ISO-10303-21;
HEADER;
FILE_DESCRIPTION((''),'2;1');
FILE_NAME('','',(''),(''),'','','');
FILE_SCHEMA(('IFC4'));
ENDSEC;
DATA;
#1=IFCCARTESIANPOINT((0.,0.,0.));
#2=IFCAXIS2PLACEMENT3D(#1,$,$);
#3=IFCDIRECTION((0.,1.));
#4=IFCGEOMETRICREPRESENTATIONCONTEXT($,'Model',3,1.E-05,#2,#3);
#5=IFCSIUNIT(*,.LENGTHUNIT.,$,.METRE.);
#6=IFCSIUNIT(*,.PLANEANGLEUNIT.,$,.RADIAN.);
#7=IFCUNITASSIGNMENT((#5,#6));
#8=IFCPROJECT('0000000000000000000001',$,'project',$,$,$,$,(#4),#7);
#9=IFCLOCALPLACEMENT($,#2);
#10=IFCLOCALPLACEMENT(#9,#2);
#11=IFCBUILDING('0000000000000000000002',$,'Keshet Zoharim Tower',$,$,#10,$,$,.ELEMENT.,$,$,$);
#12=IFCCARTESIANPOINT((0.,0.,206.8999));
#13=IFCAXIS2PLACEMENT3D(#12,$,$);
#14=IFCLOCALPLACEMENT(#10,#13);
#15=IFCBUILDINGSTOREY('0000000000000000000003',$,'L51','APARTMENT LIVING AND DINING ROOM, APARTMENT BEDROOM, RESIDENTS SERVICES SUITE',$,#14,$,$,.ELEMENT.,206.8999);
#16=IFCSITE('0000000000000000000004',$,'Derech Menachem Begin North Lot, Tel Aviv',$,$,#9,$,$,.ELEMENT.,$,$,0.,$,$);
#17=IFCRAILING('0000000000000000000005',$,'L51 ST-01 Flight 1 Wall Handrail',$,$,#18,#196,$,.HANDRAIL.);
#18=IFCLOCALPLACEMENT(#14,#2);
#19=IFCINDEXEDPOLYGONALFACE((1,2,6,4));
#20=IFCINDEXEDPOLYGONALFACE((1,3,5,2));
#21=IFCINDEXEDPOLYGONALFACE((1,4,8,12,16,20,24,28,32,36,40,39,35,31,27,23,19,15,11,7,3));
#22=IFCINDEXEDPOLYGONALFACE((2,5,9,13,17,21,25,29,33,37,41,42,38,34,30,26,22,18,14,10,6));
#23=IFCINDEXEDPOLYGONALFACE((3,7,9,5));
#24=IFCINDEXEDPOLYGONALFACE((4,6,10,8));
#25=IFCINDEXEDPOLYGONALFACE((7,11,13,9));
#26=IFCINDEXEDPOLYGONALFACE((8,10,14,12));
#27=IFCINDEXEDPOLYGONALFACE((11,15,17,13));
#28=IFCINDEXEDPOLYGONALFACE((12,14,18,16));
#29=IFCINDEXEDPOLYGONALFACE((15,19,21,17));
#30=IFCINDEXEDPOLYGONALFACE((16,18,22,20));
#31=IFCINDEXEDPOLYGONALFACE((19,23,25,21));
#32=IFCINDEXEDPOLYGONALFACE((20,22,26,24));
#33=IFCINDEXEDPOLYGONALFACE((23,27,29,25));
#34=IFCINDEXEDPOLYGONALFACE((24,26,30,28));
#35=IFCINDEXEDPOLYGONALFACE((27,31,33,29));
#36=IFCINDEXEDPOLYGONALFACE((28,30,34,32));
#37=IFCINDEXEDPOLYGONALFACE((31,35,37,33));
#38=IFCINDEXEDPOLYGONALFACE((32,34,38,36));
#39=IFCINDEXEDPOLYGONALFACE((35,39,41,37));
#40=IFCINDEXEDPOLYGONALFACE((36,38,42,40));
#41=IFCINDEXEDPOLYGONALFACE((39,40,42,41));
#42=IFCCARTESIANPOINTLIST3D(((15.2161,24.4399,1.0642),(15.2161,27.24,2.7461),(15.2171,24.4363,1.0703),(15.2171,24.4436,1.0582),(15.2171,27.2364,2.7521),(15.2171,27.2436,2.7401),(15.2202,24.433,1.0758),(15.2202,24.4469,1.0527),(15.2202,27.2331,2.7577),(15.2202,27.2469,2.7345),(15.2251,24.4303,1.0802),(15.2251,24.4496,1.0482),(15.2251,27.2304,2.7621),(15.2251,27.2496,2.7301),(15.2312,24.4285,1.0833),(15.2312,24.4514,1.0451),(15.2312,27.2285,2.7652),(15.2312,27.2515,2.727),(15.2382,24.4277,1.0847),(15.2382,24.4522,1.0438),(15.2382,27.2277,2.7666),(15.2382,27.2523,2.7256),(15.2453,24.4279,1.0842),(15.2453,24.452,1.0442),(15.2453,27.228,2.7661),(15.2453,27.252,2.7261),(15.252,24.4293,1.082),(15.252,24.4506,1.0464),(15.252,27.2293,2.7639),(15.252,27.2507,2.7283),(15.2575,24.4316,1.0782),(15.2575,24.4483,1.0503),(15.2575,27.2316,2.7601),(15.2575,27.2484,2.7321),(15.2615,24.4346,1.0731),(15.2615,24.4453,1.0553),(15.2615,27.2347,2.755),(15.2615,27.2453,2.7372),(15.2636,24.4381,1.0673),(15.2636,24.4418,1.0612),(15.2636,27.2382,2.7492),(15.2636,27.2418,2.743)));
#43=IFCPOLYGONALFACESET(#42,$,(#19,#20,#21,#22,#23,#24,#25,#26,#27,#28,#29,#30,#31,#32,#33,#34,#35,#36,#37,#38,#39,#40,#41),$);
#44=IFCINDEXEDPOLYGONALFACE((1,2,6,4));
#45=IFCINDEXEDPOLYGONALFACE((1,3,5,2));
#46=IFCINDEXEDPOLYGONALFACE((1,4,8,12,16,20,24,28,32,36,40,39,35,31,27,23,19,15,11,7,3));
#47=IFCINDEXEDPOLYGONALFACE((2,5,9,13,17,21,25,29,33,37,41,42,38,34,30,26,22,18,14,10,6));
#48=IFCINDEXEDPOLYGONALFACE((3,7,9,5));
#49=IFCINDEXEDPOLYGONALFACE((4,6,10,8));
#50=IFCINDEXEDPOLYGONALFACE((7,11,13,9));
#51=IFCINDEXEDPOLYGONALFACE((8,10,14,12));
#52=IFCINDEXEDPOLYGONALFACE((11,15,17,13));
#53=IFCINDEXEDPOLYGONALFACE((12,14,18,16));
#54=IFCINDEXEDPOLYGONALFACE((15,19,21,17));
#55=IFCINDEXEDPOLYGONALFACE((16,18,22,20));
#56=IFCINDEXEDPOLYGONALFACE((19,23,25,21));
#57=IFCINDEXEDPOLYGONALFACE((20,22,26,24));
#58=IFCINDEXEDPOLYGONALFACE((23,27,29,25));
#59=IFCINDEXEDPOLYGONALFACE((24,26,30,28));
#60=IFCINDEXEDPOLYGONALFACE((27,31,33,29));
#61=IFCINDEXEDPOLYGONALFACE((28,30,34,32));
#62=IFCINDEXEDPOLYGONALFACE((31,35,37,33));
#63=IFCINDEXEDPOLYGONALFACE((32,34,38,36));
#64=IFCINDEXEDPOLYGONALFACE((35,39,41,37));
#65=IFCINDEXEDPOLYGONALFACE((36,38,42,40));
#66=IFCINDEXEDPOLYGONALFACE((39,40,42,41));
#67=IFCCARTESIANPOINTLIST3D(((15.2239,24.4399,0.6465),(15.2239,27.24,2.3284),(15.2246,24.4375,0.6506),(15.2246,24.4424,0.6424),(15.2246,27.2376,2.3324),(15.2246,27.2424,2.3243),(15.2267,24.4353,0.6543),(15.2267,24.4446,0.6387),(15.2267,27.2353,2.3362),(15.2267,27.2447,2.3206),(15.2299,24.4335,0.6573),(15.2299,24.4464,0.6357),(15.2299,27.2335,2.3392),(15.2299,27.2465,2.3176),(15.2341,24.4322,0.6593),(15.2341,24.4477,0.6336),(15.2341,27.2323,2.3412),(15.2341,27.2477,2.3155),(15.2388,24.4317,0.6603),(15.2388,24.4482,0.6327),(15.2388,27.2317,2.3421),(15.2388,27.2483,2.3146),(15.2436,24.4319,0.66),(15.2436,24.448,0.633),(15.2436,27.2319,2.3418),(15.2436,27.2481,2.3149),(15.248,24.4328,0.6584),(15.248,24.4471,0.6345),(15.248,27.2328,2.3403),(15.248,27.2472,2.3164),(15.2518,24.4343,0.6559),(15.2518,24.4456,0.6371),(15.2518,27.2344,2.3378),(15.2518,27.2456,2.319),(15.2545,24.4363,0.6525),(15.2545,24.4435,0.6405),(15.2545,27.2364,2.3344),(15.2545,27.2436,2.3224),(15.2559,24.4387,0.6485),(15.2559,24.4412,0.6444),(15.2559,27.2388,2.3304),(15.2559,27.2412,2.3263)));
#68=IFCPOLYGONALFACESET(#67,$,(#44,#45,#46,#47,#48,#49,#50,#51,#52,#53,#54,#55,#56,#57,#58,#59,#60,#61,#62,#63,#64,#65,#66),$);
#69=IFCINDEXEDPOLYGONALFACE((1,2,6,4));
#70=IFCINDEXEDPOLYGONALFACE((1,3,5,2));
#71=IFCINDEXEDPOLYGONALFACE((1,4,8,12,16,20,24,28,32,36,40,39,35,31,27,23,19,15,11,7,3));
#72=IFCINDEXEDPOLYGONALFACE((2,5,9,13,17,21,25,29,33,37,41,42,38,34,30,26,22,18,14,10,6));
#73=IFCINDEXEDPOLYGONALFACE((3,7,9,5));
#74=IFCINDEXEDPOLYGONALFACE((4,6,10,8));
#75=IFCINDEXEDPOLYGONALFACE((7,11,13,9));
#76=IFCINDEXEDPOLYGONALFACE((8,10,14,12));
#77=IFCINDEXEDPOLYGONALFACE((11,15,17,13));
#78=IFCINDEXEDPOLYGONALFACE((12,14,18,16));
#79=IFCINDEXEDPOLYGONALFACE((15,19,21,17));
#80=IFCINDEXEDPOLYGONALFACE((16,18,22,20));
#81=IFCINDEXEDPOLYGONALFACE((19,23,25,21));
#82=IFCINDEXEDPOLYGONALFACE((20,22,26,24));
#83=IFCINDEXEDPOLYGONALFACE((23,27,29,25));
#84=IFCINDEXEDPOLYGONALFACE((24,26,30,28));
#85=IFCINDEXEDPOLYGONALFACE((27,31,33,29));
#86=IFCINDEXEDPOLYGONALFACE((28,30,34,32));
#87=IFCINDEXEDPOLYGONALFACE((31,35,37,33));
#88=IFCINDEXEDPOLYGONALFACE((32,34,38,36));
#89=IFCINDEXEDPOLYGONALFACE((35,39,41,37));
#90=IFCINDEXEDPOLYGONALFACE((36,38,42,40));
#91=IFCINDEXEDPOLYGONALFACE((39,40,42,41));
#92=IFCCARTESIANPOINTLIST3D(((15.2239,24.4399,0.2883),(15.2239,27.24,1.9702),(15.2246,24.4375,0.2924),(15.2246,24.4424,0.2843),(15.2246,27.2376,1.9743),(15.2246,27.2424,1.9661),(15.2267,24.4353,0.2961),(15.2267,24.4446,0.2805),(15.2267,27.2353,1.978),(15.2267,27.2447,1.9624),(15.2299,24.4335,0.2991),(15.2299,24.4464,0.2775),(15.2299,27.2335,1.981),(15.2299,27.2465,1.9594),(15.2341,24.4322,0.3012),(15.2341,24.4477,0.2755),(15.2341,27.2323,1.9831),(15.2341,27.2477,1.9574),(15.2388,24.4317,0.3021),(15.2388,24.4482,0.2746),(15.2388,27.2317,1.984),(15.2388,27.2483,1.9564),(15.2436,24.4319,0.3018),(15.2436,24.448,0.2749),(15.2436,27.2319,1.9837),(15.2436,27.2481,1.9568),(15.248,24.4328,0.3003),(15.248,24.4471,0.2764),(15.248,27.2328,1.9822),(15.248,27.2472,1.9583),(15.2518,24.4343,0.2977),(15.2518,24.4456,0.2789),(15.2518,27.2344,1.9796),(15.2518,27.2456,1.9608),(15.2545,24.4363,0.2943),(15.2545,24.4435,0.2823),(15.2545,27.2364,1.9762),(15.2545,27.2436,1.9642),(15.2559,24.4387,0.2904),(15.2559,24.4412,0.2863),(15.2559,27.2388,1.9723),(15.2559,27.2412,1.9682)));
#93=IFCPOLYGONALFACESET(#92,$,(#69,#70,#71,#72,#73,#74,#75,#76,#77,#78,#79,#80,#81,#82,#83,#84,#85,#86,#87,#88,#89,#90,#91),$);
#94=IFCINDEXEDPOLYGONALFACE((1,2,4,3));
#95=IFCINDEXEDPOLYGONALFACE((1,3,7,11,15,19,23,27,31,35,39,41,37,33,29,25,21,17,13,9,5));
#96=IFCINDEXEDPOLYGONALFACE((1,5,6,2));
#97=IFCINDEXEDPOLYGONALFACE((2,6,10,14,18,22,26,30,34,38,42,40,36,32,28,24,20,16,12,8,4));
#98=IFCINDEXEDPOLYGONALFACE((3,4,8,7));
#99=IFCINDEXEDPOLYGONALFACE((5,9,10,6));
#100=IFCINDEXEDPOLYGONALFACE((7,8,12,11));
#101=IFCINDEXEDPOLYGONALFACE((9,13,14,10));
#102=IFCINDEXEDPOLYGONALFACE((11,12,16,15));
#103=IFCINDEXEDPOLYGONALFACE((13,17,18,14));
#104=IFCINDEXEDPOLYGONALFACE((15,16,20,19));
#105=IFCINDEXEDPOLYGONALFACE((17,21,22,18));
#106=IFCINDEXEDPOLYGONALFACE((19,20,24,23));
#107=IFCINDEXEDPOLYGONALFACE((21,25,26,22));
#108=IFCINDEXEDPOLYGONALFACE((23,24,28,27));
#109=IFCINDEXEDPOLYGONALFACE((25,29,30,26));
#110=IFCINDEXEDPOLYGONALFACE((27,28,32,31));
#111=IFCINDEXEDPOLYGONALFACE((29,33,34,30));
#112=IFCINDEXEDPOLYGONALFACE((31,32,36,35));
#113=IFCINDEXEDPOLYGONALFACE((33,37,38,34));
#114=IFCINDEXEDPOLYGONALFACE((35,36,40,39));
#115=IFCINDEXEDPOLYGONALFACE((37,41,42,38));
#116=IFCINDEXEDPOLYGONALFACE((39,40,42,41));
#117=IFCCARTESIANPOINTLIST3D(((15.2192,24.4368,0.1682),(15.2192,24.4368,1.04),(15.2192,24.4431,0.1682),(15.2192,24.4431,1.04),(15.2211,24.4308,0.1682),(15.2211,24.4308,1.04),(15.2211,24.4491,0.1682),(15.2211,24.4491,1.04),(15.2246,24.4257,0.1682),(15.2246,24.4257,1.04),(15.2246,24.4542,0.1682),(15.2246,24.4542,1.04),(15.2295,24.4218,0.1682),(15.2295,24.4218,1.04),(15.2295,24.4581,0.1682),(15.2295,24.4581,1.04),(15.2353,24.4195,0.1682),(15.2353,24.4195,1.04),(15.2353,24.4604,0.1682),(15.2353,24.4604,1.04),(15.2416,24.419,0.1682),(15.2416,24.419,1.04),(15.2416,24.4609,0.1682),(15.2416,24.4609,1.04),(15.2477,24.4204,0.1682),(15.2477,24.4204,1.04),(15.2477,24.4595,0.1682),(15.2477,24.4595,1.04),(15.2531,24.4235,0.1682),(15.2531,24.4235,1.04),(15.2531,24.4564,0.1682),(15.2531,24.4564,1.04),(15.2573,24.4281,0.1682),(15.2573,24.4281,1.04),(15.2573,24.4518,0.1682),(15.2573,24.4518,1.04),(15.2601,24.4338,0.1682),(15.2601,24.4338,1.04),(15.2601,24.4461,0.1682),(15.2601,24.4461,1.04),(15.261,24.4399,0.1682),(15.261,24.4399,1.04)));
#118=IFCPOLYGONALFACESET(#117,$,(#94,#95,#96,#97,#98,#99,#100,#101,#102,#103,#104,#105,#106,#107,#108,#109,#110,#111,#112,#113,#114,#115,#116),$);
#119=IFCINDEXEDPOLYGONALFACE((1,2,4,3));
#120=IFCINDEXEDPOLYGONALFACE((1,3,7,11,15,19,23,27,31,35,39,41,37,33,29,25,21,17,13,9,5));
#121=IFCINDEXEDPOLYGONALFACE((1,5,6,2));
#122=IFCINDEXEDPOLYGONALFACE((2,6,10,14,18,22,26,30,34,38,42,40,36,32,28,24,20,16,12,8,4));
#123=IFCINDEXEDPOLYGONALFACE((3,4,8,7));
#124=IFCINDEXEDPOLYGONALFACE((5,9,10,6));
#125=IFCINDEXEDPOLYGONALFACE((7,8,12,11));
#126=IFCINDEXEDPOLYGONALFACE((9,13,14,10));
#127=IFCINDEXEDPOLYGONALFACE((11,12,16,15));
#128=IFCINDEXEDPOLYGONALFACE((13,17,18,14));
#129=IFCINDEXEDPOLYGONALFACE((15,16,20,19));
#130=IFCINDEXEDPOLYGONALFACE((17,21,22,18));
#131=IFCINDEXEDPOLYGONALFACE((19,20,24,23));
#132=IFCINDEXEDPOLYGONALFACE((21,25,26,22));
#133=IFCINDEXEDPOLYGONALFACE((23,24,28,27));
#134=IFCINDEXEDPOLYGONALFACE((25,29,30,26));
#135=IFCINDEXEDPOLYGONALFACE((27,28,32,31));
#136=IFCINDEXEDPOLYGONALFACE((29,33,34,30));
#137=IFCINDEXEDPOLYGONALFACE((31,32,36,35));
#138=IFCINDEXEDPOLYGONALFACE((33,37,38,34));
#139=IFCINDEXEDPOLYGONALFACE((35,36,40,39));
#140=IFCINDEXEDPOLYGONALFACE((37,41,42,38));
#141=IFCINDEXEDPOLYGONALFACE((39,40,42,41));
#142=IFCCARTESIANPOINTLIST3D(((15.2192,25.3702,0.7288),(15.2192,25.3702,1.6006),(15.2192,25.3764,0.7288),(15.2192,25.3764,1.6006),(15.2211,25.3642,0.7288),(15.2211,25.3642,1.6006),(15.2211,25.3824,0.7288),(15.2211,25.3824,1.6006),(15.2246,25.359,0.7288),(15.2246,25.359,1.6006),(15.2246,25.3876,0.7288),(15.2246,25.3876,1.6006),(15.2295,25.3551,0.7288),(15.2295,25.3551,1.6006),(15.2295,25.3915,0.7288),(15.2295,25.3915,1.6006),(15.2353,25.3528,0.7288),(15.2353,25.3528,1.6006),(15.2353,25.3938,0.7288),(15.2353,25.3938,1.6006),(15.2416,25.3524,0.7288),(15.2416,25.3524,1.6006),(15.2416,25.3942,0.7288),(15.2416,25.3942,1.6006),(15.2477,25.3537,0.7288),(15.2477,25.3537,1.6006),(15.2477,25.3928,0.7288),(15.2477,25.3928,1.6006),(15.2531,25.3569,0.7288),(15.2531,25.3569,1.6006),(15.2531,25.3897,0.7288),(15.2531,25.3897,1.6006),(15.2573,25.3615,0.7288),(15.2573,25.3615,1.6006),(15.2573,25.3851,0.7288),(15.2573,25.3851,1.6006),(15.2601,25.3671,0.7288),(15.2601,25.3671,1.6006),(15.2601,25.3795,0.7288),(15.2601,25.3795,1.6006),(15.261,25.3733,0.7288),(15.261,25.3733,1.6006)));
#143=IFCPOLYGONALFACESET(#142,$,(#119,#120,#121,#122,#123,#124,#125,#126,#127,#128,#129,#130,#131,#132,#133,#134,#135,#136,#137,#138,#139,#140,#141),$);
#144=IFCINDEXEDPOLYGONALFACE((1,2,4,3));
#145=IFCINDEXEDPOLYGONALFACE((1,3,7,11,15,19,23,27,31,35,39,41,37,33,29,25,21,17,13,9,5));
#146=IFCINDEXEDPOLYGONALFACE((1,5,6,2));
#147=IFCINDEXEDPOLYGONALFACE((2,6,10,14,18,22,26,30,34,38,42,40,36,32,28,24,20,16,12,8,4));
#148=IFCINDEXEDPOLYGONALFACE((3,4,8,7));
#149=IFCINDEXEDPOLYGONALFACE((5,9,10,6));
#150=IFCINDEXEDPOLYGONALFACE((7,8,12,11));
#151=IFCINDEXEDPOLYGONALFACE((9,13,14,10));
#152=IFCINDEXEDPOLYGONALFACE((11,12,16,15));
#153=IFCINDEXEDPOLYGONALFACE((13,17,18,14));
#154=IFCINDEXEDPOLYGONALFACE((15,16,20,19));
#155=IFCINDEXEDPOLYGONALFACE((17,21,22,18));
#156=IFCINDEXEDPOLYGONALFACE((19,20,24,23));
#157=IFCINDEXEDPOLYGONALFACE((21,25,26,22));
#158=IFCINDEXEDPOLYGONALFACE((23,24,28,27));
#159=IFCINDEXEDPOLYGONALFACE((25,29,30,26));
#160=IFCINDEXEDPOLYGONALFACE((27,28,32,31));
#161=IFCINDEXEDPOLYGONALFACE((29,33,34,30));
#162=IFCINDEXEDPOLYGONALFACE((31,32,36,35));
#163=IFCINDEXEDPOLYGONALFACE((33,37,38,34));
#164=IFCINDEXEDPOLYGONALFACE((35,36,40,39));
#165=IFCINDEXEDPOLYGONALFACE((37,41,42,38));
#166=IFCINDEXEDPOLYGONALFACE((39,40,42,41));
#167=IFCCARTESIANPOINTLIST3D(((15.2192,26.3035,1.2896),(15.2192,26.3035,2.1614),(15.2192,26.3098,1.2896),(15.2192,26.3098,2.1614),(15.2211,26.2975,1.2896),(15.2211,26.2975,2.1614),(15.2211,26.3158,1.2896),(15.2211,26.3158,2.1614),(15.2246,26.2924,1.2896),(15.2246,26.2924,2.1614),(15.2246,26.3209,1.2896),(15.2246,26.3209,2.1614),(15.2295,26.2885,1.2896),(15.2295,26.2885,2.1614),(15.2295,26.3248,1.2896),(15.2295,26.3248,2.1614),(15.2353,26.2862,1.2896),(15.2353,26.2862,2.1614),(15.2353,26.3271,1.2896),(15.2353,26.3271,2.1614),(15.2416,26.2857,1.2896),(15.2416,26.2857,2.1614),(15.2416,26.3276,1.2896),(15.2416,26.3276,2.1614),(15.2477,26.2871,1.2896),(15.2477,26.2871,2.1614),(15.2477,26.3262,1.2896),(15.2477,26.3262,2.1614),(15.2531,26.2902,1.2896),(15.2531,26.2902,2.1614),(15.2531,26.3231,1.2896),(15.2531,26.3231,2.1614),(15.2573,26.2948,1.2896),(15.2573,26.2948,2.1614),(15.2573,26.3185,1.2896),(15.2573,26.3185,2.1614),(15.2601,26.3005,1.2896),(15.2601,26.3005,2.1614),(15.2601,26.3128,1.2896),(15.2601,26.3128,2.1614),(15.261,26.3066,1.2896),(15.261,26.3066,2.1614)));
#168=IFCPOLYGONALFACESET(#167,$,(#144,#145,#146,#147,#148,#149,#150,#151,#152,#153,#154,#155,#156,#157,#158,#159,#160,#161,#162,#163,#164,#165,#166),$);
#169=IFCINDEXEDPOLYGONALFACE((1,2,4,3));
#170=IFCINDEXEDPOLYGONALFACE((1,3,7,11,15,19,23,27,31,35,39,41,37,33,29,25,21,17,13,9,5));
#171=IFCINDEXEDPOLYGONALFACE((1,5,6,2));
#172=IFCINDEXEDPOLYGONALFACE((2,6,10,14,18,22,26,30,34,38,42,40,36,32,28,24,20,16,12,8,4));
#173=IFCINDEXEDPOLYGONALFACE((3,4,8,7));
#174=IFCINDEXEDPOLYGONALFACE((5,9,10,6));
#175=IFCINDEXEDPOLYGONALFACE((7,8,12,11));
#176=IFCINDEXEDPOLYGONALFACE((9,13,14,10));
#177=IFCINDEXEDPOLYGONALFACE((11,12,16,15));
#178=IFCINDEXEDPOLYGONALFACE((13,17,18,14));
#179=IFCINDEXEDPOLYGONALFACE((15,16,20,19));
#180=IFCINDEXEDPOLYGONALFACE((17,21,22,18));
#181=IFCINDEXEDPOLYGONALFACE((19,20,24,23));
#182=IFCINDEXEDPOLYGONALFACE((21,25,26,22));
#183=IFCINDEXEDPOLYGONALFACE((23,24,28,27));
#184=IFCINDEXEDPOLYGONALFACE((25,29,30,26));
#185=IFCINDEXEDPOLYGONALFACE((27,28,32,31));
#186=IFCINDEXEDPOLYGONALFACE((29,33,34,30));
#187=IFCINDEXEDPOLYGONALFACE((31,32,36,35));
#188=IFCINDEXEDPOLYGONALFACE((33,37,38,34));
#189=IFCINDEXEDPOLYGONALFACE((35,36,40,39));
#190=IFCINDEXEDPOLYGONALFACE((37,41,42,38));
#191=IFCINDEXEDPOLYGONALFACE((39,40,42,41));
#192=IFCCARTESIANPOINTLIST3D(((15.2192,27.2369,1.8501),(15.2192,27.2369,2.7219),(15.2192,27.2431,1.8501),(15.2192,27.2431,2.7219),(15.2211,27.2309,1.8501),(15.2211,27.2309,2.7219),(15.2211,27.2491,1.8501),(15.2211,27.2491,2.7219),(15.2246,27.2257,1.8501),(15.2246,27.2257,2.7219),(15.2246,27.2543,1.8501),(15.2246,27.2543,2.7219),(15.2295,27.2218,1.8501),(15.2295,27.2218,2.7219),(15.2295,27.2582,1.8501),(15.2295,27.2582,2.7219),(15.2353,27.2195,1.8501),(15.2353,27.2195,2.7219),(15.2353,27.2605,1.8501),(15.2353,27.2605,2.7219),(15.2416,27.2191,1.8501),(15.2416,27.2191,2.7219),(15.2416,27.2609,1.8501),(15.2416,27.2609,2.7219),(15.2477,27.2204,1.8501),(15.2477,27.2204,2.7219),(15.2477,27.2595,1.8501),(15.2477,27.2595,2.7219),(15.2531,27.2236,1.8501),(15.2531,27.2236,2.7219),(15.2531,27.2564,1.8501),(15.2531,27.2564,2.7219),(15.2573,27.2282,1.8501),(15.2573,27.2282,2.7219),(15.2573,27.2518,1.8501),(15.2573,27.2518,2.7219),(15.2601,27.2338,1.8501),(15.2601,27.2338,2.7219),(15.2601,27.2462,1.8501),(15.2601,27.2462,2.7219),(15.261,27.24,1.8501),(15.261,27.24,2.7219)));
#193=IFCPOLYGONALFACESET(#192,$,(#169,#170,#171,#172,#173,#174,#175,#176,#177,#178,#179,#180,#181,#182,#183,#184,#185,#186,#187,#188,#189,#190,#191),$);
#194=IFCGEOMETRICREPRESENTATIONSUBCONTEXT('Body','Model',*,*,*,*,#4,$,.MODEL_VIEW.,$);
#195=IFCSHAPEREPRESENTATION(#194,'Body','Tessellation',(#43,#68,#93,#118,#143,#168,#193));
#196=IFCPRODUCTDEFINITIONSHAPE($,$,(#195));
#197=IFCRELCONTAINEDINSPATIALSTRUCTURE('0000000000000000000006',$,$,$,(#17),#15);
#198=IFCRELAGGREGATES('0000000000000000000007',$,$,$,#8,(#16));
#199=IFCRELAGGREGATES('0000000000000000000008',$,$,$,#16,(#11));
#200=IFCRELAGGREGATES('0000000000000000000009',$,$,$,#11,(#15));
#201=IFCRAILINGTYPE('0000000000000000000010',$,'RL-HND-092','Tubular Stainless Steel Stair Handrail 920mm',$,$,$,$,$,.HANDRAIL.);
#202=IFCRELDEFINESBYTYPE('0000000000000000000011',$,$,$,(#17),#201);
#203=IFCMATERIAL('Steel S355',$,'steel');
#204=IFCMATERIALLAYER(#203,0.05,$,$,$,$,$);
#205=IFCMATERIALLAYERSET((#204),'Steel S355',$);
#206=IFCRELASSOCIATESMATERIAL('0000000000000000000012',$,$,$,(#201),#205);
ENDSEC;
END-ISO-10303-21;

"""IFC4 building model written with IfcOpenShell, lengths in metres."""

from ifc_helpers import new_model, si_unit, direction, frame, origin, origin_2d, place, context, subcontext, project, spatial, circle, extrude, material, layer, layer_set, type_object, element, save


model = new_model("IFC4")

# Units and contexts
model_context = context("Model", 3, precision=1e-05, world=origin(), true_north=direction((0.0, 1.0)))
body_context = subcontext(model_context, "Body", "Model", "MODEL_VIEW")
ifc_project = project(units=[si_unit("LENGTHUNIT", "METRE"), si_unit("PLANEANGLEUNIT", "RADIAN")], contexts=[model_context])

# Site, building, storey
site_placement = place(None, origin())
site = spatial("IfcSite", under=ifc_project, at=site_placement, Name="Derech Menachem Begin North Lot, Tel Aviv", CompositionType="ELEMENT", RefElevation=0.0)
building_placement = place(site_placement, origin())
building = spatial("IfcBuilding", under=site, at=building_placement, Name="Keshet Zoharim Tower", CompositionType="ELEMENT")
storey_placement = place(building_placement, frame((0.0, 0.0, 206.8999)))
storey = spatial("IfcBuildingStorey", under=building, at=storey_placement, Name="L51", Description="APARTMENT LIVING AND DINING ROOM, APARTMENT BEDROOM, RESIDENTS SERVICES SUITE", CompositionType="ELEMENT", Elevation=206.8999)

# Railing
ifc_material_1 = material(Name="Steel S355", Category="steel")
ifc_layer_1 = layer(ifc_material_1, 0.05)
ifc_layer_set_1 = layer_set([ifc_layer_1], Name="Steel S355")
railing_type_1 = type_object("IfcRailingType", Name="RL-HND-092", Description="Tubular Stainless Steel Stair Handrail 920mm", PredefinedType="HANDRAIL", material=ifc_layer_set_1)
for number, where, name in (
    (1, (15.24, 24.4399, 0.1682), "L51 ST-01 Flight 1 Wall Handrail"),
):
    element("IfcRailing", number, at=place(storey_placement, frame(where)), inside=storey, type_object=railing_type_1, Name=name, PredefinedType="HANDRAIL", context=body_context, shape_type="SweptSolid", body=[
        extrude(circle(Radius=0.0239, at=origin_2d()), frame((0.0, 0.0, 0.896), z_axis=(0.0, 0.857242, 0.514913), x_axis=(-1.0, 0.0, 0.0)), (0.0, 0.0, 1.0), 3.2664),
        extrude(circle(Radius=0.0161, at=origin_2d()), frame((0.0, 0.0, 0.4783), z_axis=(0.0, 0.857242, 0.514913), x_axis=(-1.0, 0.0, 0.0)), (0.0, 0.0, 1.0), 3.2664),
        extrude(circle(Radius=0.0161, at=origin_2d()), frame((0.0, 0.0, 0.1201), z_axis=(0.0, 0.857242, 0.514913), x_axis=(-1.0, 0.0, 0.0)), (0.0, 0.0, 1.0), 3.2664),
        extrude(circle(Radius=0.021, at=origin_2d()), origin(), (0.0, 0.0, 1.0), 0.8718),
        extrude(circle(Radius=0.021, at=origin_2d()), frame((0.0, 0.9333, 0.5605)), (0.0, 0.0, 1.0), 0.8718),
        extrude(circle(Radius=0.021, at=origin_2d()), frame((0.0, 1.8667, 1.1213)), (0.0, 0.0, 1.0), 0.8718),
        extrude(circle(Radius=0.021, at=origin_2d()), frame((0.0, 2.8, 1.6819)), (0.0, 0.0, 1.0), 0.8718),
    ])

save(model, "model.ifc")
